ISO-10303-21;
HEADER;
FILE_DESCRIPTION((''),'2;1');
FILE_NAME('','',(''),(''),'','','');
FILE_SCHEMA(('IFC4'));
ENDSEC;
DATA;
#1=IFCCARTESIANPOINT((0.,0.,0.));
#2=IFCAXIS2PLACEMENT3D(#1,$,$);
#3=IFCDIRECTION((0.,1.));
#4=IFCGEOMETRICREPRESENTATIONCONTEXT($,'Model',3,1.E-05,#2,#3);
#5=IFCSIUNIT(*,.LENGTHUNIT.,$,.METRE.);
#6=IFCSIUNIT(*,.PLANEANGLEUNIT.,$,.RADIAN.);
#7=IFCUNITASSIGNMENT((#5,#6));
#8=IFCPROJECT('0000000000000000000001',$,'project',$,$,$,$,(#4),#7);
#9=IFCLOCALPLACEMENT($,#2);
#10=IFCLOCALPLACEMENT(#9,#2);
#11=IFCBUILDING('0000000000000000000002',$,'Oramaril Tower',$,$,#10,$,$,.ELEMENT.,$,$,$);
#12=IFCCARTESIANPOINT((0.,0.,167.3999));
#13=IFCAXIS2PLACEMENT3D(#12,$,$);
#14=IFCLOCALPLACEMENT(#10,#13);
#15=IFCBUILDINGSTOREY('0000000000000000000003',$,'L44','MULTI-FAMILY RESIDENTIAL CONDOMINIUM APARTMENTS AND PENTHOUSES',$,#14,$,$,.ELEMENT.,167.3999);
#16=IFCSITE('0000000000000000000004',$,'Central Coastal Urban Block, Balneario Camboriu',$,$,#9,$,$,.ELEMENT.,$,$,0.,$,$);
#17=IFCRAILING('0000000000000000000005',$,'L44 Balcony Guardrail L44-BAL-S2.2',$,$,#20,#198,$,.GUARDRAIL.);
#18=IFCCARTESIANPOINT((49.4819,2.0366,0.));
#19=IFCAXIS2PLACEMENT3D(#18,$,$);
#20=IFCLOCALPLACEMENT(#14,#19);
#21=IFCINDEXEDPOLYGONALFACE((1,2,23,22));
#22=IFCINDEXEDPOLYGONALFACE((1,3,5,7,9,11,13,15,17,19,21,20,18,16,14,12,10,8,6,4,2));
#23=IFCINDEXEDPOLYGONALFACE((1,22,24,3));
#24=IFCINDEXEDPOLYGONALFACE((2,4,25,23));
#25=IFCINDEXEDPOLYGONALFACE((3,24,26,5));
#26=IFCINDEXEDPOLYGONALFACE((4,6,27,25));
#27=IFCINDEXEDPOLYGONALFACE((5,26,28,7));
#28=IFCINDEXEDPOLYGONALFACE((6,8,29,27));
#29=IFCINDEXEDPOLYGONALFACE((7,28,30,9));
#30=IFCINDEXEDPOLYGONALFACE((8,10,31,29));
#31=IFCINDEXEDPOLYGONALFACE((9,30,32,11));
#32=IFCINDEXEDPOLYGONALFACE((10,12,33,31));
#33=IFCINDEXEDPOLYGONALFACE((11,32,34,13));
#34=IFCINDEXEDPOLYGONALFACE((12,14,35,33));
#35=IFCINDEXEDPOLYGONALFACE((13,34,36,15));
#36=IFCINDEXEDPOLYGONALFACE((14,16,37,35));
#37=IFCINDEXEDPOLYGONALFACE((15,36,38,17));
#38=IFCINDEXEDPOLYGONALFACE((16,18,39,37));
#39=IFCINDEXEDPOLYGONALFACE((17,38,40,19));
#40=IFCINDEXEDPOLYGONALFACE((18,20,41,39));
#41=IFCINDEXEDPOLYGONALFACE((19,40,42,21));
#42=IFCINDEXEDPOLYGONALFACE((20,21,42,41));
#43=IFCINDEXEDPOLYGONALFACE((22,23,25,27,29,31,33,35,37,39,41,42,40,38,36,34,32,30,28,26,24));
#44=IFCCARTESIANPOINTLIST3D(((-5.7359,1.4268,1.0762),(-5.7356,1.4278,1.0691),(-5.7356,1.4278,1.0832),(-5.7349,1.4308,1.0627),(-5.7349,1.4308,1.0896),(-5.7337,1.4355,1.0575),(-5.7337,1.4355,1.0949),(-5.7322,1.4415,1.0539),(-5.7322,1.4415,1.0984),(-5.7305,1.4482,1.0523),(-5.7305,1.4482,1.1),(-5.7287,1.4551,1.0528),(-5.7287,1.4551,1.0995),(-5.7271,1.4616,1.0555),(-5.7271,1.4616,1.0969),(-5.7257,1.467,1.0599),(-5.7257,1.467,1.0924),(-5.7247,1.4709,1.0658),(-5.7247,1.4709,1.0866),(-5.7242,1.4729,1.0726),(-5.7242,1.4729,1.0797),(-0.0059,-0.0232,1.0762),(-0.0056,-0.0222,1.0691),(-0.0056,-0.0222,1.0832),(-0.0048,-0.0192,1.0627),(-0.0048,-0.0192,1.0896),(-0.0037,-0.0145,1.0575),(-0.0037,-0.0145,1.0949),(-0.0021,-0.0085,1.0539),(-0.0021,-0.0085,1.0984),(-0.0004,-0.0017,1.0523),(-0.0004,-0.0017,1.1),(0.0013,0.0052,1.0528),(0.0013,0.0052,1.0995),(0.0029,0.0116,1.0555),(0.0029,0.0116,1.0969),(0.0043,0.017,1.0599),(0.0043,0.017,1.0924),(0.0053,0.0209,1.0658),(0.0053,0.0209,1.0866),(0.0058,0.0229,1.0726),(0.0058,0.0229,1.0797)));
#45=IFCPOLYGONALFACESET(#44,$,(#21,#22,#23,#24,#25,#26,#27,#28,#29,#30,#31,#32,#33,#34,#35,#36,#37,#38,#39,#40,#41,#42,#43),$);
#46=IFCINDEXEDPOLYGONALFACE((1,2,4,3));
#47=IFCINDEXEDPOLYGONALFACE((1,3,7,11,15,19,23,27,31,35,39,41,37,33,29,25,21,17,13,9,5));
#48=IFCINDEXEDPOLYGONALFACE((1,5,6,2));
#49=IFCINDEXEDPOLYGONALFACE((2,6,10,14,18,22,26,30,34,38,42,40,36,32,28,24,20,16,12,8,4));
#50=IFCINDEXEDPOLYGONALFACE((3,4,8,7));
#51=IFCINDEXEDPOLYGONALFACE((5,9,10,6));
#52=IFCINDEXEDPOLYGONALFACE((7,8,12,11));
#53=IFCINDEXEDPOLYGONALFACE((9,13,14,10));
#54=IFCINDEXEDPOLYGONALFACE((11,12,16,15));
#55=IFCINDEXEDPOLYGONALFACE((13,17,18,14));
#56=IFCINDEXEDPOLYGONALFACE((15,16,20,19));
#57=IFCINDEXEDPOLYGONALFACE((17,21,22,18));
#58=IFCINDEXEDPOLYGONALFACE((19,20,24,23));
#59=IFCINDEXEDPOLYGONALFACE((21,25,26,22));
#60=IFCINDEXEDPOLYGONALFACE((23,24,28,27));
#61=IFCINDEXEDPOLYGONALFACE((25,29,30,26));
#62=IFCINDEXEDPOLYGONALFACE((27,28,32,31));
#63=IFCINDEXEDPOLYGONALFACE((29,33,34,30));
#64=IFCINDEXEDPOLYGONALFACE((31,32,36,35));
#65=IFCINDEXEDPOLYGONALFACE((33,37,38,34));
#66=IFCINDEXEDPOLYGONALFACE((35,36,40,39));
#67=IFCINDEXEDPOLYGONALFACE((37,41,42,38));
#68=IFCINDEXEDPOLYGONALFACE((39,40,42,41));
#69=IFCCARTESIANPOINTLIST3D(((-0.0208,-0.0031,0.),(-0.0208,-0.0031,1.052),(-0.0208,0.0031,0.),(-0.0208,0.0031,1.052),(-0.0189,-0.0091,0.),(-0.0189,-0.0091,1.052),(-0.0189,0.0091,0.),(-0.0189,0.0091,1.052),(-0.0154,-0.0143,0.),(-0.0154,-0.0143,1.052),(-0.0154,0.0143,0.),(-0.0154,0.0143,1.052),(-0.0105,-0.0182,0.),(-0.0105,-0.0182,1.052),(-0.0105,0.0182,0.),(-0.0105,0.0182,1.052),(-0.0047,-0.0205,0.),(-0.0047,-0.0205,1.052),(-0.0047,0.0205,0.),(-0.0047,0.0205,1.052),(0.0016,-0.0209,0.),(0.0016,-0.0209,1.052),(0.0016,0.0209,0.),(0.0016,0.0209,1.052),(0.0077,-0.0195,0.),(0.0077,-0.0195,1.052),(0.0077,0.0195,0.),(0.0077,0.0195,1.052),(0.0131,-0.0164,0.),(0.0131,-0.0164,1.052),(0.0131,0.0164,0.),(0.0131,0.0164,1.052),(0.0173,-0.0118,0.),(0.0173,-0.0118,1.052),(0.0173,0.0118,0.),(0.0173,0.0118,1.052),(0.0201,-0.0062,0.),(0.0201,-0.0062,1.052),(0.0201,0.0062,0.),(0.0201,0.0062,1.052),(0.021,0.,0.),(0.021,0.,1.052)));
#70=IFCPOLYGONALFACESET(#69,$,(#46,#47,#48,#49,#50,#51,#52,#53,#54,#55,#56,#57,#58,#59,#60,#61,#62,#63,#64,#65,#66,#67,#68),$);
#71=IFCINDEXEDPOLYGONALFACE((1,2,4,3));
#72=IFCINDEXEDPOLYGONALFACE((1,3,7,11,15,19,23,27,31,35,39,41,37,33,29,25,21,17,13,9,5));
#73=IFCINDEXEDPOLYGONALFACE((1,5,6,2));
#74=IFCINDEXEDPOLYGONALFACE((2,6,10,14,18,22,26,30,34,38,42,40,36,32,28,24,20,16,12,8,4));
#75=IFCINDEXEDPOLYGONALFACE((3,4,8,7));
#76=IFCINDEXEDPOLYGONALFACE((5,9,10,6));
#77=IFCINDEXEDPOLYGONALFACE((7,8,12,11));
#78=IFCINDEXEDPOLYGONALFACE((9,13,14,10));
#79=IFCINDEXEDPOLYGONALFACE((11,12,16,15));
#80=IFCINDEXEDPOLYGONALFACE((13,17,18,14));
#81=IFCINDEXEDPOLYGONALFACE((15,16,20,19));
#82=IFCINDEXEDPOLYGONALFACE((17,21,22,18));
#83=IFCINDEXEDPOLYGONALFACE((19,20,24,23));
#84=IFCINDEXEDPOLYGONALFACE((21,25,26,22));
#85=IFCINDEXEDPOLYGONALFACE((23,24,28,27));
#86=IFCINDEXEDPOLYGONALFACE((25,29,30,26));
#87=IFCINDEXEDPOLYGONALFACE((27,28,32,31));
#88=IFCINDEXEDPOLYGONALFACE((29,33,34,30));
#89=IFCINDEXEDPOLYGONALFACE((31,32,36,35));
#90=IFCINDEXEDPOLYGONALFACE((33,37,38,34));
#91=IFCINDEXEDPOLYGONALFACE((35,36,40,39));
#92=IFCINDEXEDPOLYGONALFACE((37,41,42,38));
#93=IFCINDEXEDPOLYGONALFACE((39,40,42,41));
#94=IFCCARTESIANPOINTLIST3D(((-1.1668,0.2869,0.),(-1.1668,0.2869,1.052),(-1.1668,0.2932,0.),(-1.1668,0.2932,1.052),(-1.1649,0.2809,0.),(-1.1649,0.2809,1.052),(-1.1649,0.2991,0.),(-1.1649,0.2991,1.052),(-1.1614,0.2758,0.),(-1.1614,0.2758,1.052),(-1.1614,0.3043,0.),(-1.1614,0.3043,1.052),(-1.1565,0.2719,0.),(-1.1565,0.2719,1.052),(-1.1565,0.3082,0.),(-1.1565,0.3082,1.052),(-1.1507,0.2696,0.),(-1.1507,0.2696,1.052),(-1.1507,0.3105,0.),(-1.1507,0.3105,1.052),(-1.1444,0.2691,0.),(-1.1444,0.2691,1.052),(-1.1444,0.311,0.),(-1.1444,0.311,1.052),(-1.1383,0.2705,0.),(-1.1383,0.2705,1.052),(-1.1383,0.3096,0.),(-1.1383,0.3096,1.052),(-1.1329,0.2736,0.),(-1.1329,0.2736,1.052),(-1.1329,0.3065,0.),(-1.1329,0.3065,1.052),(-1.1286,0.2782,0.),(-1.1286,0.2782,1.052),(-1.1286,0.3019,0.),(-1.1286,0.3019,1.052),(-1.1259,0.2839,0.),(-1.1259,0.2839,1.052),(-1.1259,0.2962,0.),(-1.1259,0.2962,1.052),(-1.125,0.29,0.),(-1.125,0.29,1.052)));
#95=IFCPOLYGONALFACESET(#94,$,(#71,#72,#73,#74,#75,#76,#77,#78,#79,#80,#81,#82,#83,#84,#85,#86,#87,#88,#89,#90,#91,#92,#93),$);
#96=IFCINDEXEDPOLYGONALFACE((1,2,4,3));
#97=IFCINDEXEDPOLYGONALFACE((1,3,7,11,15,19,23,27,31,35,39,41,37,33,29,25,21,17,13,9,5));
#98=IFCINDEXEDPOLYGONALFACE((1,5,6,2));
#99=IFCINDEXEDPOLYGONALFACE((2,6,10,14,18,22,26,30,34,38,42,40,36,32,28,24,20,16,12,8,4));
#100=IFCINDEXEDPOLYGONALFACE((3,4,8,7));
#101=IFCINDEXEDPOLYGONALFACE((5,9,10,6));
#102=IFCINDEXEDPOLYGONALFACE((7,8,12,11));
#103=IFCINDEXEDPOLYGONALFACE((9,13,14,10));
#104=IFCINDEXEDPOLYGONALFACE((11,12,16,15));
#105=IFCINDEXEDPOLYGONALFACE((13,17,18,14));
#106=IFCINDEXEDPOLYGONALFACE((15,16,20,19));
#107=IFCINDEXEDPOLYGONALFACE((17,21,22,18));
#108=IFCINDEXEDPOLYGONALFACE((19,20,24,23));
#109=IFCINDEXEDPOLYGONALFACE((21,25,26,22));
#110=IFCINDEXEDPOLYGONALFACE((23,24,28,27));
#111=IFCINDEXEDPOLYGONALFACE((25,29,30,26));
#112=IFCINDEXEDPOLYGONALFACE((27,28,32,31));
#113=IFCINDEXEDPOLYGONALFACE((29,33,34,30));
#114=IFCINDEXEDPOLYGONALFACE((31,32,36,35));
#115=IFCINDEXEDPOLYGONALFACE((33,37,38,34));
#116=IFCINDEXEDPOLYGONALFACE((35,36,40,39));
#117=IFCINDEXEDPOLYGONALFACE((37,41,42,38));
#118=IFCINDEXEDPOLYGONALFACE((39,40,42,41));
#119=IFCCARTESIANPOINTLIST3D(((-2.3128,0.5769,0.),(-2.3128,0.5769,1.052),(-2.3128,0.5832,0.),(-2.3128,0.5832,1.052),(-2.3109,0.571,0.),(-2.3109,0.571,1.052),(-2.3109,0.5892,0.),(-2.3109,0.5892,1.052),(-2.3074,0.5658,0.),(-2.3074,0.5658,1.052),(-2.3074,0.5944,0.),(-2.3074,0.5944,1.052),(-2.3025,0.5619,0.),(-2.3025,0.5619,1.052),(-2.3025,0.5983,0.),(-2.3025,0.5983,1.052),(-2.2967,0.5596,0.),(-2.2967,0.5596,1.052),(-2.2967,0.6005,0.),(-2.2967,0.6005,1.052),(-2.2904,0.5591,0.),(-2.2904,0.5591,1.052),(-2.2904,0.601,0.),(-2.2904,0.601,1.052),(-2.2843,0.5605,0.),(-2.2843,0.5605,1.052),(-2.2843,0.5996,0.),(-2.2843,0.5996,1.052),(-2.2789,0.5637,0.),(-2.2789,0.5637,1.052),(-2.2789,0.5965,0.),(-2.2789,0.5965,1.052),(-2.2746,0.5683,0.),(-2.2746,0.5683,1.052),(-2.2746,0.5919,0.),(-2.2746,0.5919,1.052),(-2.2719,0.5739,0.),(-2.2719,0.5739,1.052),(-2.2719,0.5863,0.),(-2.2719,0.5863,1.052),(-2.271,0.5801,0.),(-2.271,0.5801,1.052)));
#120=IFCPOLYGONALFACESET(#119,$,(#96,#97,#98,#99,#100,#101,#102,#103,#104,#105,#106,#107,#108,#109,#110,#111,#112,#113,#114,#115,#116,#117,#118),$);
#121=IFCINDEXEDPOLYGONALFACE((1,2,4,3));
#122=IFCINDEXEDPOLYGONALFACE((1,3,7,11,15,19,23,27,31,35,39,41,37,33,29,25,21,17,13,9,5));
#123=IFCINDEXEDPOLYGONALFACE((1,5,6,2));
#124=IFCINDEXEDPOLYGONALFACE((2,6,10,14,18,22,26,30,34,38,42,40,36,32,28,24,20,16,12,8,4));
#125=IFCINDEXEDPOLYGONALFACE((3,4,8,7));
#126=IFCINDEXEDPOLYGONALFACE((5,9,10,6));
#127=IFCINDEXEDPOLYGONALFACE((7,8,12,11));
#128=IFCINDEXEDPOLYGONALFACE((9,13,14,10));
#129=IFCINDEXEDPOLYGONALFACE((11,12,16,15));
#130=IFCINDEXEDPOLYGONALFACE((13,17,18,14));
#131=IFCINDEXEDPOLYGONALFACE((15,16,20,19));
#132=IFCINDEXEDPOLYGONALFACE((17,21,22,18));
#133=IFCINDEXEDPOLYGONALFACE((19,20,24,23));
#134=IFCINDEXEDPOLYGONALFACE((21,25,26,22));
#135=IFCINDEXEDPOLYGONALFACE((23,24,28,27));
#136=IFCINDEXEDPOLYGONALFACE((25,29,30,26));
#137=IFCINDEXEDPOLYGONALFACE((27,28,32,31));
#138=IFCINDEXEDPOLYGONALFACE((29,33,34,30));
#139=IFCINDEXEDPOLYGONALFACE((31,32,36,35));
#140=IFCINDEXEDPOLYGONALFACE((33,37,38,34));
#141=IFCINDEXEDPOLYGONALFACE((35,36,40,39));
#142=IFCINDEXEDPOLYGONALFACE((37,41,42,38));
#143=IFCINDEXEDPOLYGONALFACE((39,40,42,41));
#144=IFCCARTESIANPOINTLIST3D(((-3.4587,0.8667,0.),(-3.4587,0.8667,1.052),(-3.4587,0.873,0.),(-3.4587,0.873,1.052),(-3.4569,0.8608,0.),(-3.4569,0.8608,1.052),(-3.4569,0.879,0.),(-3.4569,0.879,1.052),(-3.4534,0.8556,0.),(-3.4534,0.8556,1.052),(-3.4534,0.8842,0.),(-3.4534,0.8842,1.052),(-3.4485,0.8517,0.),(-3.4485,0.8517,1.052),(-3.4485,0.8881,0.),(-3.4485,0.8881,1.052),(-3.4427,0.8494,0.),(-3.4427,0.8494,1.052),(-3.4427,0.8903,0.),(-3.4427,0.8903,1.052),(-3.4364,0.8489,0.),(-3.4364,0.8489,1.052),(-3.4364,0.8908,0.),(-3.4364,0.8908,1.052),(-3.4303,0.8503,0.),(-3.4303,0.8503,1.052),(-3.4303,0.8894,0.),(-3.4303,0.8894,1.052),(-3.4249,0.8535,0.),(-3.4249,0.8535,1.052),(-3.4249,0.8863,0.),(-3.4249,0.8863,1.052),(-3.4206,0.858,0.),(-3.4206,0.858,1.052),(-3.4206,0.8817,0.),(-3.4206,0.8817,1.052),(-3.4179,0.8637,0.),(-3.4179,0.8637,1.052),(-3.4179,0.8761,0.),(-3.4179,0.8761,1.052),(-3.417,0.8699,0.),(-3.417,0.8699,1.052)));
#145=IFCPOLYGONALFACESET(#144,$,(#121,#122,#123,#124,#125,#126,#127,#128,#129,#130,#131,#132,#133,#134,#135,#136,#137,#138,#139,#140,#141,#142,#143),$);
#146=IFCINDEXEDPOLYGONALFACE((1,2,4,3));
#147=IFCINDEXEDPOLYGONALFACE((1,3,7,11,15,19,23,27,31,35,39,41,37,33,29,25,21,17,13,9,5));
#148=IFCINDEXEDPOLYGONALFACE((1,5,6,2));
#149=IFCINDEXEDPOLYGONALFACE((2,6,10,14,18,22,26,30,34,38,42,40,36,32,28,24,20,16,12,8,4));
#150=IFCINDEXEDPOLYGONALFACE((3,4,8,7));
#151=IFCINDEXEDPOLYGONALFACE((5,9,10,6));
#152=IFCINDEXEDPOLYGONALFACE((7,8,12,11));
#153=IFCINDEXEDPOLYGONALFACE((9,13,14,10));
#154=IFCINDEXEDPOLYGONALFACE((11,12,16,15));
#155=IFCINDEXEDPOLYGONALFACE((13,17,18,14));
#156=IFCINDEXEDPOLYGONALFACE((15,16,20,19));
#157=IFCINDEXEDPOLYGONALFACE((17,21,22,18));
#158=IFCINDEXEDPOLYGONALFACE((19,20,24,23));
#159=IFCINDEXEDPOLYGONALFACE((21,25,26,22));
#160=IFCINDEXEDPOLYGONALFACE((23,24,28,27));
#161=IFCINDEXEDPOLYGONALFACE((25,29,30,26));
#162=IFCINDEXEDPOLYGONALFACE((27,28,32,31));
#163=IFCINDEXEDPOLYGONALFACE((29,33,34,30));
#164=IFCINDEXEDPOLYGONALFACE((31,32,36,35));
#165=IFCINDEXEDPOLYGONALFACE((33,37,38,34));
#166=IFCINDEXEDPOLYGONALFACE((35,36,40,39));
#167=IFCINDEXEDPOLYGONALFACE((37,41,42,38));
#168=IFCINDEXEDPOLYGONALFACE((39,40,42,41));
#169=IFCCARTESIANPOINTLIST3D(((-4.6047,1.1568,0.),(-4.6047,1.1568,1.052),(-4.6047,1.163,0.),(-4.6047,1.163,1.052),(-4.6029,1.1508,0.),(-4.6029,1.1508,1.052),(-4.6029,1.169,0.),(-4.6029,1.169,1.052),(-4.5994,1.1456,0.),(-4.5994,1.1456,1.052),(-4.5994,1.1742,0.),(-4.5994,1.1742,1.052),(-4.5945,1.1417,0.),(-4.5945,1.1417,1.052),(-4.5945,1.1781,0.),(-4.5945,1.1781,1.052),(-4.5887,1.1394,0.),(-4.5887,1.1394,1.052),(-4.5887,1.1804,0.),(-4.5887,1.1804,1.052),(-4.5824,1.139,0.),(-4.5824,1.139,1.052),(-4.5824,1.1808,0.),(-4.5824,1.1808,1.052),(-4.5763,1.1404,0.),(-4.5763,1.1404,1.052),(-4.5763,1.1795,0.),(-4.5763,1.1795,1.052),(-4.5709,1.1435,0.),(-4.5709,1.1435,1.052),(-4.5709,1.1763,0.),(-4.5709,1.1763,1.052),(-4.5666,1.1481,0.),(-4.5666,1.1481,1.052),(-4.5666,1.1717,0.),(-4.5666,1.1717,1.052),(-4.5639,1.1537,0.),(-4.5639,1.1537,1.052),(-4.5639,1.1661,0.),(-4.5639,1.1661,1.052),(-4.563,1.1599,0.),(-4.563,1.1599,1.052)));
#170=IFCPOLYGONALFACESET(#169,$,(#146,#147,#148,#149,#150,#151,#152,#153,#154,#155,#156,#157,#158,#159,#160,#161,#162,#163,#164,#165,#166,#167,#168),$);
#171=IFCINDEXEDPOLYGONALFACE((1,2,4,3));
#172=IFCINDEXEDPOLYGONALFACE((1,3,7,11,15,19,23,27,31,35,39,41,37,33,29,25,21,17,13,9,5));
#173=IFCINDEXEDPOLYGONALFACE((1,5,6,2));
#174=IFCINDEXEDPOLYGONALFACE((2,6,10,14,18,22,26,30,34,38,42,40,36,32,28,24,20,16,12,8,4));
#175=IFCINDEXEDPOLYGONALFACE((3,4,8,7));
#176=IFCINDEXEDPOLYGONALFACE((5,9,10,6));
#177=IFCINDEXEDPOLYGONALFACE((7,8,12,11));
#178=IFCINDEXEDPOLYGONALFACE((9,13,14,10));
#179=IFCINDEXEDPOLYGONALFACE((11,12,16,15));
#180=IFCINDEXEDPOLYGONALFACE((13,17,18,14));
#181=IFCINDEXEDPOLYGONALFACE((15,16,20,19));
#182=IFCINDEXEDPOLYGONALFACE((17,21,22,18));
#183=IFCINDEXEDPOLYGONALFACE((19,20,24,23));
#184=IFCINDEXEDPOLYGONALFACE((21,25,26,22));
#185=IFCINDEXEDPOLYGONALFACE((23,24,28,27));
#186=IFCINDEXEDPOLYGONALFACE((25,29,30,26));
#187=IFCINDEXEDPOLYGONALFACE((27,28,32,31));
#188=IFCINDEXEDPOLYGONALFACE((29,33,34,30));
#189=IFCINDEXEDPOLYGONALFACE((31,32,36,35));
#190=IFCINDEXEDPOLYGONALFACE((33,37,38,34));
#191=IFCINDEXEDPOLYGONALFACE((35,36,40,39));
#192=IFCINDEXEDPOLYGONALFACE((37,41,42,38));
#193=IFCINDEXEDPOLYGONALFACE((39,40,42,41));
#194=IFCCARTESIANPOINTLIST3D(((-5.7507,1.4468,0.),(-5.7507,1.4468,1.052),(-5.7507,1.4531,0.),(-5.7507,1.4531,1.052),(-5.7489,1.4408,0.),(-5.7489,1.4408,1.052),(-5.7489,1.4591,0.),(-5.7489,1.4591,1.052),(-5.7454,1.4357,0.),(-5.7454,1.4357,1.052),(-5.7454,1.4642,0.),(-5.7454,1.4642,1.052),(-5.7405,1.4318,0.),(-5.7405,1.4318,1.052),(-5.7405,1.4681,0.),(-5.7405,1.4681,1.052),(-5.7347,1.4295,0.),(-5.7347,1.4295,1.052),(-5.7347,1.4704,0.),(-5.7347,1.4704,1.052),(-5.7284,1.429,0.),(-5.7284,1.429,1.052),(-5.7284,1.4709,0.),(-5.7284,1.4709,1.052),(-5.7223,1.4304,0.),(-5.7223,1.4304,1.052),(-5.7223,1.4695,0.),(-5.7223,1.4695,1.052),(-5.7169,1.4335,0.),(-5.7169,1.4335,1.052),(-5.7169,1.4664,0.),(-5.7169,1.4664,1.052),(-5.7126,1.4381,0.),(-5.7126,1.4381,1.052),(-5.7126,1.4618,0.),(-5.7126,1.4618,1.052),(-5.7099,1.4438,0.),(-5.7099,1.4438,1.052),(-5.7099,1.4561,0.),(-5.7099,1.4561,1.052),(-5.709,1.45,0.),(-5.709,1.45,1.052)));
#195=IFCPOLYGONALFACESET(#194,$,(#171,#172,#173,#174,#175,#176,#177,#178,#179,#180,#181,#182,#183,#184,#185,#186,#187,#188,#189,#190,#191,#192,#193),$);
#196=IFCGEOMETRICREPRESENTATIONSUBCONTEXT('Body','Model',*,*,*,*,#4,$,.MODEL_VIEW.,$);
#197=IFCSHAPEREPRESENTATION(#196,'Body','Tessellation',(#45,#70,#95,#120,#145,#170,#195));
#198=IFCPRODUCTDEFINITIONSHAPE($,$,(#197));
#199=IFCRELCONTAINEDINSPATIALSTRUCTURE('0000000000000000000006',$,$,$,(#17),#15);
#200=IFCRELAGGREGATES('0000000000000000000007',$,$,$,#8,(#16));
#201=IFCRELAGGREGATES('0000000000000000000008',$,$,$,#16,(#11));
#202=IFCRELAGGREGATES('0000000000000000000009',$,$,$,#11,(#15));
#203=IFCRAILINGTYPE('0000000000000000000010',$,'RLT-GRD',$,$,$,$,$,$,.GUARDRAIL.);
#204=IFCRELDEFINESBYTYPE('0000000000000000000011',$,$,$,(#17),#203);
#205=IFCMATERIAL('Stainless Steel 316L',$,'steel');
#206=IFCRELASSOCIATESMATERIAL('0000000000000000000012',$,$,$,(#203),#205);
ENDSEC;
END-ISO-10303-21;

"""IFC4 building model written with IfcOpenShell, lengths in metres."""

from ifc_helpers import new_model, si_unit, direction, frame, origin, origin_2d, place, context, subcontext, project, spatial, circle, extrude, material, type_object, element, save


model = new_model("IFC4")

# Units and contexts
model_context = context("Model", 3, precision=1e-05, world=origin(), true_north=direction((0.0, 1.0)))
body_context = subcontext(model_context, "Body", "Model", "MODEL_VIEW")
ifc_project = project(units=[si_unit("LENGTHUNIT", "METRE"), si_unit("PLANEANGLEUNIT", "RADIAN")], contexts=[model_context])

# Site, building, storey
site_placement = place(None, origin())
site = spatial("IfcSite", under=ifc_project, at=site_placement, Name="Central Coastal Urban Block, Balneario Camboriu", CompositionType="ELEMENT", RefElevation=0.0)
building_placement = place(site_placement, origin())
building = spatial("IfcBuilding", under=site, at=building_placement, Name="Oramaril Tower", CompositionType="ELEMENT")
storey_placement = place(building_placement, frame((0.0, 0.0, 167.3999)))
storey = spatial("IfcBuildingStorey", under=building, at=storey_placement, Name="L44", Description="MULTI-FAMILY RESIDENTIAL CONDOMINIUM APARTMENTS AND PENTHOUSES", CompositionType="ELEMENT", Elevation=167.3999)

# Railing
ifc_material_1 = material(Name="Stainless Steel 316L", Category="steel")
railing_type = type_object("IfcRailingType", Name="RLT-GRD", PredefinedType="GUARDRAIL", material=ifc_material_1)
railing_1_placement = place(storey_placement, frame((49.4819, 2.0366, 0.0)))
element("IfcRailing", 1, at=railing_1_placement, inside=storey, type_object=railing_type, Name="L44 Balcony Guardrail L44-BAL-S2.2", PredefinedType="GUARDRAIL", context=body_context, shape_type="SweptSolid", body=[
    extrude(circle(Radius=0.0239, at=origin_2d()), frame((0.0, 0.0, 1.0762), z_axis=(-0.969444, 0.245314, 0.0), x_axis=(-0.245314, -0.969444, 0.0)), (0.0, 0.0, 1.0), 5.9106),
    extrude(circle(Radius=0.021, at=origin_2d()), origin(), (0.0, 0.0, 1.0), 1.052),
    extrude(circle(Radius=0.021, at=origin_2d()), frame((-1.146, 0.29, 0.0)), (0.0, 0.0, 1.0), 1.052),
    extrude(circle(Radius=0.021, at=origin_2d()), frame((-2.292, 0.5801, 0.0)), (0.0, 0.0, 1.0), 1.052),
    extrude(circle(Radius=0.021, at=origin_2d()), frame((-3.438, 0.8699, 0.0)), (0.0, 0.0, 1.0), 1.052),
    extrude(circle(Radius=0.021, at=origin_2d()), frame((-4.584, 1.1599, 0.0)), (0.0, 0.0, 1.0), 1.052),
    extrude(circle(Radius=0.021, at=origin_2d()), frame((-5.73, 1.45, 0.0)), (0.0, 0.0, 1.0), 1.052),
])

save(model, "model.ifc")
